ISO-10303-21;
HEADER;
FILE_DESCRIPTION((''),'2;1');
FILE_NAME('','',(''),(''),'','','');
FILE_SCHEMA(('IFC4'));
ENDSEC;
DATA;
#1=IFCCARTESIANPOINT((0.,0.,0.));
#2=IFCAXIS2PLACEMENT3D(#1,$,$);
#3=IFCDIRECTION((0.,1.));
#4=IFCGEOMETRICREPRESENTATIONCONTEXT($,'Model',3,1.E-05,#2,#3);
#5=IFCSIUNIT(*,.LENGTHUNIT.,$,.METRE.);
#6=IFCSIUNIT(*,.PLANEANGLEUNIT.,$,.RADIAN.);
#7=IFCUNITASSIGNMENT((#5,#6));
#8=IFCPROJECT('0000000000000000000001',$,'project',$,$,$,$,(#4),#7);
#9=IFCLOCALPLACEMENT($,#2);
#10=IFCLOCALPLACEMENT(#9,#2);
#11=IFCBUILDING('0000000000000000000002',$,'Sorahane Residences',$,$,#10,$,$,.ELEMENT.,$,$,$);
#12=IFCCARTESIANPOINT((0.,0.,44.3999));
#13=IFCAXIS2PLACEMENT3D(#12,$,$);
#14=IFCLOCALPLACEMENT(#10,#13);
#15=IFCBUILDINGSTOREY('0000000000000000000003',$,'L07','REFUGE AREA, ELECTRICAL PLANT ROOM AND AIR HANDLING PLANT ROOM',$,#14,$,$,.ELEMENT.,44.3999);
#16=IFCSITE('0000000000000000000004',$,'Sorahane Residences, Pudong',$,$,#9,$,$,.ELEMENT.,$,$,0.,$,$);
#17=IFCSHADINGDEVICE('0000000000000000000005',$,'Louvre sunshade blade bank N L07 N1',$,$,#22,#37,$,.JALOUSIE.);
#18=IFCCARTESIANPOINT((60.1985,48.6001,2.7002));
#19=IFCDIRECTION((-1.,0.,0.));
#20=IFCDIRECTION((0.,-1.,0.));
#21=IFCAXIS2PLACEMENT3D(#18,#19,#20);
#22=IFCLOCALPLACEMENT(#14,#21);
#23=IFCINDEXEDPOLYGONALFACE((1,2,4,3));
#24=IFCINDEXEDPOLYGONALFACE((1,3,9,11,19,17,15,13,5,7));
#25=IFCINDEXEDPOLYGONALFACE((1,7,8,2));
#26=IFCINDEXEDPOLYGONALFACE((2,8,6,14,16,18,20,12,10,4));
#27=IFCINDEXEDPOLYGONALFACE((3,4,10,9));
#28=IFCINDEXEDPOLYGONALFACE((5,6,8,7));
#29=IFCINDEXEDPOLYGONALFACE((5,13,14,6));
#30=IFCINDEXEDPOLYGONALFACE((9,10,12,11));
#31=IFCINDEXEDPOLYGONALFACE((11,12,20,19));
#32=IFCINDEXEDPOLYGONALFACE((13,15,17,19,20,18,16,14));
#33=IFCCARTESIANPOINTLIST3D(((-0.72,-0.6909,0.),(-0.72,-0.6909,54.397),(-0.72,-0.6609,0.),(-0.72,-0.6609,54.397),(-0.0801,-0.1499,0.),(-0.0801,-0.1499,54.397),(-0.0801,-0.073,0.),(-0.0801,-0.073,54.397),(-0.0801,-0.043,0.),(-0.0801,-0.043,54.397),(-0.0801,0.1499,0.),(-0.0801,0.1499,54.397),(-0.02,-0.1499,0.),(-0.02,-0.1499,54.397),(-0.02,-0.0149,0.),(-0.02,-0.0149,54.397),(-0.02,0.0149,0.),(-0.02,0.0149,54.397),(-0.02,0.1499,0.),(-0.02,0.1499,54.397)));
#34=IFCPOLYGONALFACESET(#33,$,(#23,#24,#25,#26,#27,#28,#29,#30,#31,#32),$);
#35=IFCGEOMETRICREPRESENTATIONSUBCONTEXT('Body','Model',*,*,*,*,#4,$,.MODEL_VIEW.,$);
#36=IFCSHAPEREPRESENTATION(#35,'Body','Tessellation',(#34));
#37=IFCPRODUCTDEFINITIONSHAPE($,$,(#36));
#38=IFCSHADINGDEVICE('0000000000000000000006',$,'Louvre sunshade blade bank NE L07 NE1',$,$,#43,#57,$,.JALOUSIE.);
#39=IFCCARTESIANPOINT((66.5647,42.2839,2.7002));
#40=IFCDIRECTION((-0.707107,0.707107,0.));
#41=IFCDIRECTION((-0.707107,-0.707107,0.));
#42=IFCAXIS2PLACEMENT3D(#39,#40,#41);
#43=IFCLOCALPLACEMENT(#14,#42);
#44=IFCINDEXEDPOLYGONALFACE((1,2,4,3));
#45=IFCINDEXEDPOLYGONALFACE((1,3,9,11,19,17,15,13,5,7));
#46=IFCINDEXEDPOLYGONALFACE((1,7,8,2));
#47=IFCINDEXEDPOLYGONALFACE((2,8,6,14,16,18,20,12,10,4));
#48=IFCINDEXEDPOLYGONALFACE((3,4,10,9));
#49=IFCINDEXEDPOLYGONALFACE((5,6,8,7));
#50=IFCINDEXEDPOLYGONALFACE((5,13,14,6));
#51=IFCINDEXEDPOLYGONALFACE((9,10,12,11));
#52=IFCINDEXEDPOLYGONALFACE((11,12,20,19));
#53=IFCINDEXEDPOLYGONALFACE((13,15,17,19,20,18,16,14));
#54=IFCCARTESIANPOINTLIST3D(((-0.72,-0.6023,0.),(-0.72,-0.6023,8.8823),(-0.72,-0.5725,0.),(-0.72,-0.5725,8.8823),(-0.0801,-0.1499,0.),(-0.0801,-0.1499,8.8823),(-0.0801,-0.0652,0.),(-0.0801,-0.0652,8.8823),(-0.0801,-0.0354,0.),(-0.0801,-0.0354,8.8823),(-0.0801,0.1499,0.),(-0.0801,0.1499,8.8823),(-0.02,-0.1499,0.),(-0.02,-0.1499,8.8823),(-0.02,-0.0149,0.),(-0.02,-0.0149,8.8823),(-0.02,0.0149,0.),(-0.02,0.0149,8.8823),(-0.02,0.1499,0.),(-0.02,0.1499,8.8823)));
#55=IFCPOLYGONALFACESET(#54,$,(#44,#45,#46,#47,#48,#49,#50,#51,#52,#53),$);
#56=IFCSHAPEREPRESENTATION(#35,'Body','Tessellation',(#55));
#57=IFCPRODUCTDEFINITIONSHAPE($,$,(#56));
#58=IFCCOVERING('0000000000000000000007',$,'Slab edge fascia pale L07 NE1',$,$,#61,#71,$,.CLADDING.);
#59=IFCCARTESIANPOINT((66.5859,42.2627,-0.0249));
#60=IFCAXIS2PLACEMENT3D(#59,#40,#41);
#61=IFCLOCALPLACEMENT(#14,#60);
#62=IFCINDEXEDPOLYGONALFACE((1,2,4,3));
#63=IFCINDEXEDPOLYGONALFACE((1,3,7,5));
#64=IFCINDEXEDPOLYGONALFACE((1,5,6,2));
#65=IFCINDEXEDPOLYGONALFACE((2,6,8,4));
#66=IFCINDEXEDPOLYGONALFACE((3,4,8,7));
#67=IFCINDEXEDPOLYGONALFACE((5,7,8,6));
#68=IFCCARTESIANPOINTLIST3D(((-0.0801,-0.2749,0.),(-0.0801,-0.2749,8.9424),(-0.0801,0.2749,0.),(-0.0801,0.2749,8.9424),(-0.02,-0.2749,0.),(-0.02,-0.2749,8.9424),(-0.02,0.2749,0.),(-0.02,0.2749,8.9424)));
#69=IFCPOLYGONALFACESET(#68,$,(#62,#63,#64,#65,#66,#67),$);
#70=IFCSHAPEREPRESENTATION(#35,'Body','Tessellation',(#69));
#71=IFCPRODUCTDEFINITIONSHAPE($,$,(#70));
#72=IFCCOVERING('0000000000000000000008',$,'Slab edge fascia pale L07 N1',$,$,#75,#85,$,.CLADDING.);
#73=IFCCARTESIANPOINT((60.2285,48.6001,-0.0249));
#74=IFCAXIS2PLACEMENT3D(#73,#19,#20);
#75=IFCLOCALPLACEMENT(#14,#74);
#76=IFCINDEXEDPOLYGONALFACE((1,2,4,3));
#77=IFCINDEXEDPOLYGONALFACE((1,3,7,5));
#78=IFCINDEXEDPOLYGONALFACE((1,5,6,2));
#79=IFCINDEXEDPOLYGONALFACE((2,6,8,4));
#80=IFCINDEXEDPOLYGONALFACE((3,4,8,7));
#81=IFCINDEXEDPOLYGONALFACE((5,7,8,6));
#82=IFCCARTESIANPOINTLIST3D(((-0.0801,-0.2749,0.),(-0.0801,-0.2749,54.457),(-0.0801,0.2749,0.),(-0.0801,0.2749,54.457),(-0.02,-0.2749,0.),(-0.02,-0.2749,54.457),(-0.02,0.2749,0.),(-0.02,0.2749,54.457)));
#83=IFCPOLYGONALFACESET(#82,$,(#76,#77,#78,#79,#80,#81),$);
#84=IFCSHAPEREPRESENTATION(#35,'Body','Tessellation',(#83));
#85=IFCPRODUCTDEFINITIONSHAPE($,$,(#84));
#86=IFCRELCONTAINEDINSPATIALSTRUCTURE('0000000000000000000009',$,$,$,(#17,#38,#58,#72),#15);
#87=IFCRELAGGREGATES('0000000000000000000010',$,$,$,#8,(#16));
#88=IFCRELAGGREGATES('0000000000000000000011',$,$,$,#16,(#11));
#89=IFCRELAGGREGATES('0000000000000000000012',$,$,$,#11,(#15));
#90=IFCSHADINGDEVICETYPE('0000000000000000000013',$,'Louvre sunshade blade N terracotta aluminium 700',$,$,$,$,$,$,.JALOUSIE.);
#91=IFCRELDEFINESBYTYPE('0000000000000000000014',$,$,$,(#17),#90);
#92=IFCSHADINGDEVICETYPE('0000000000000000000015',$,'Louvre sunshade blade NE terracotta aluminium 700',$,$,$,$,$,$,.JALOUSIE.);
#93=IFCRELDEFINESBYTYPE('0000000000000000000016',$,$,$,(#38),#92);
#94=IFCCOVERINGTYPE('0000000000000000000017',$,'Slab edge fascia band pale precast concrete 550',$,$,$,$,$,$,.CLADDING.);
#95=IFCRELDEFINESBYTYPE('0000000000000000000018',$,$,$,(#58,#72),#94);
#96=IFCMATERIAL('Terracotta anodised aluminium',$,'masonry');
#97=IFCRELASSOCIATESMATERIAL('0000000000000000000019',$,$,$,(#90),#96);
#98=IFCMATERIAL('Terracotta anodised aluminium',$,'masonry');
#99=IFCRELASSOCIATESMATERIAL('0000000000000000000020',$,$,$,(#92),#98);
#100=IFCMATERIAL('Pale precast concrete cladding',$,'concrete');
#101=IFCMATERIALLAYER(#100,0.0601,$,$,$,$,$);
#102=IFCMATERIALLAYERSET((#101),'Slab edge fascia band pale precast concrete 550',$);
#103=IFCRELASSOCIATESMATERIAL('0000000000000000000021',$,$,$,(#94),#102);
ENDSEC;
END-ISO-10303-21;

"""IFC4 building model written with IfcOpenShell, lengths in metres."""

from ifc_helpers import new_model, si_unit, direction, frame, origin, place, context, subcontext, project, spatial, polyline, outline, extrude, material, layer, layer_set, type_object, element, save


model = new_model("IFC4")

# Units and contexts
model_context = context("Model", 3, precision=1e-05, world=origin(), true_north=direction((0.0, 1.0)))
body_context = subcontext(model_context, "Body", "Model", "MODEL_VIEW")
ifc_project = project(units=[si_unit("LENGTHUNIT", "METRE"), si_unit("PLANEANGLEUNIT", "RADIAN")], contexts=[model_context])

# Site, building, storey
site_placement = place(None, origin())
site = spatial("IfcSite", under=ifc_project, at=site_placement, Name="Sorahane Residences, Pudong", CompositionType="ELEMENT", RefElevation=0.0)
building_placement = place(site_placement, origin())
building = spatial("IfcBuilding", under=site, at=building_placement, Name="Sorahane Residences", CompositionType="ELEMENT")
storey_placement = place(building_placement, frame((0.0, 0.0, 44.3999)))
storey = spatial("IfcBuildingStorey", under=building, at=storey_placement, Name="L07", Description="REFUGE AREA, ELECTRICAL PLANT ROOM AND AIR HANDLING PLANT ROOM", CompositionType="ELEMENT", Elevation=44.3999)

# Shading devices
ifc_material_1 = material(Name="Terracotta anodised aluminium", Category="masonry")
shading_device_type_1 = type_object("IfcShadingDeviceType", Name="Louvre sunshade blade N terracotta aluminium 700", PredefinedType="JALOUSIE", material=ifc_material_1)
shading_device_1_placement = place(storey_placement, frame((60.1985, 48.6001, 2.7002), z_axis=(-1.0, 0.0, 0.0), x_axis=(0.0, -1.0, 0.0)))
element("IfcShadingDevice", 1, at=shading_device_1_placement, inside=storey, type_object=shading_device_type_1, Name="Louvre sunshade blade bank N L07 N1", PredefinedType="JALOUSIE", context=body_context, shape_type="SweptSolid", body=[
    extrude(outline(polyline([(-0.72, -0.6609), (-0.72, -0.6909), (-0.0801, -0.073), (-0.0801, -0.1499), (-0.02, -0.1499), (-0.02, -0.0149), (-0.02, 0.0149), (-0.02, 0.1499), (-0.0801, 0.1499), (-0.0801, -0.043), (-0.72, -0.6609)])), origin(), (0.0, 0.0, 1.0), 54.397),
])
ifc_material_2 = material(Name="Terracotta anodised aluminium", Category="masonry")
shading_device_type_2 = type_object("IfcShadingDeviceType", Name="Louvre sunshade blade NE terracotta aluminium 700", PredefinedType="JALOUSIE", material=ifc_material_2)
shading_device_2_placement = place(storey_placement, frame((66.5647, 42.2839, 2.7002), z_axis=(-0.707107, 0.707107, 0.0), x_axis=(-0.707107, -0.707107, 0.0)))
element("IfcShadingDevice", 2, at=shading_device_2_placement, inside=storey, type_object=shading_device_type_2, Name="Louvre sunshade blade bank NE L07 NE1", PredefinedType="JALOUSIE", context=body_context, shape_type="SweptSolid", body=[
    extrude(outline(polyline([(-0.72, -0.5725), (-0.72, -0.6023), (-0.0801, -0.0652), (-0.0801, -0.1499), (-0.02, -0.1499), (-0.02, -0.0149), (-0.02, 0.0149), (-0.02, 0.1499), (-0.0801, 0.1499), (-0.0801, -0.0354), (-0.72, -0.5725)])), origin(), (0.0, 0.0, 1.0), 8.8823),
])

# Coverings
ifc_material_3 = material(Name="Pale precast concrete cladding", Category="concrete")
ifc_layer_1 = layer(ifc_material_3, 0.0601)
ifc_layer_set_1 = layer_set([ifc_layer_1], Name="Slab edge fascia band pale precast concrete 550")
covering_type = type_object("IfcCoveringType", Name="Slab edge fascia band pale precast concrete 550", PredefinedType="CLADDING", material=ifc_layer_set_1)
covering_1_placement = place(storey_placement, frame((66.5859, 42.2627, -0.0249), z_axis=(-0.707107, 0.707107, 0.0), x_axis=(-0.707107, -0.707107, 0.0)))
element("IfcCovering", 3, at=covering_1_placement, inside=storey, type_object=covering_type, Name="Slab edge fascia pale L07 NE1", PredefinedType="CLADDING", context=body_context, shape_type="SweptSolid", body=[
    extrude(outline(polyline([(-0.02, 0.2749), (-0.0801, 0.2749), (-0.0801, -0.2749), (-0.02, -0.2749), (-0.02, 0.2749)])), origin(), (0.0, 0.0, 1.0), 8.9424),
])
covering_2_placement = place(storey_placement, frame((60.2285, 48.6001, -0.0249), z_axis=(-1.0, 0.0, 0.0), x_axis=(0.0, -1.0, 0.0)))
element("IfcCovering", 4, at=covering_2_placement, inside=storey, type_object=covering_type, Name="Slab edge fascia pale L07 N1", PredefinedType="CLADDING", context=body_context, shape_type="SweptSolid", body=[
    extrude(outline(polyline([(-0.02, 0.2749), (-0.0801, 0.2749), (-0.0801, -0.2749), (-0.02, -0.2749), (-0.02, 0.2749)])), origin(), (0.0, 0.0, 1.0), 54.457),
])

save(model, "model.ifc")
